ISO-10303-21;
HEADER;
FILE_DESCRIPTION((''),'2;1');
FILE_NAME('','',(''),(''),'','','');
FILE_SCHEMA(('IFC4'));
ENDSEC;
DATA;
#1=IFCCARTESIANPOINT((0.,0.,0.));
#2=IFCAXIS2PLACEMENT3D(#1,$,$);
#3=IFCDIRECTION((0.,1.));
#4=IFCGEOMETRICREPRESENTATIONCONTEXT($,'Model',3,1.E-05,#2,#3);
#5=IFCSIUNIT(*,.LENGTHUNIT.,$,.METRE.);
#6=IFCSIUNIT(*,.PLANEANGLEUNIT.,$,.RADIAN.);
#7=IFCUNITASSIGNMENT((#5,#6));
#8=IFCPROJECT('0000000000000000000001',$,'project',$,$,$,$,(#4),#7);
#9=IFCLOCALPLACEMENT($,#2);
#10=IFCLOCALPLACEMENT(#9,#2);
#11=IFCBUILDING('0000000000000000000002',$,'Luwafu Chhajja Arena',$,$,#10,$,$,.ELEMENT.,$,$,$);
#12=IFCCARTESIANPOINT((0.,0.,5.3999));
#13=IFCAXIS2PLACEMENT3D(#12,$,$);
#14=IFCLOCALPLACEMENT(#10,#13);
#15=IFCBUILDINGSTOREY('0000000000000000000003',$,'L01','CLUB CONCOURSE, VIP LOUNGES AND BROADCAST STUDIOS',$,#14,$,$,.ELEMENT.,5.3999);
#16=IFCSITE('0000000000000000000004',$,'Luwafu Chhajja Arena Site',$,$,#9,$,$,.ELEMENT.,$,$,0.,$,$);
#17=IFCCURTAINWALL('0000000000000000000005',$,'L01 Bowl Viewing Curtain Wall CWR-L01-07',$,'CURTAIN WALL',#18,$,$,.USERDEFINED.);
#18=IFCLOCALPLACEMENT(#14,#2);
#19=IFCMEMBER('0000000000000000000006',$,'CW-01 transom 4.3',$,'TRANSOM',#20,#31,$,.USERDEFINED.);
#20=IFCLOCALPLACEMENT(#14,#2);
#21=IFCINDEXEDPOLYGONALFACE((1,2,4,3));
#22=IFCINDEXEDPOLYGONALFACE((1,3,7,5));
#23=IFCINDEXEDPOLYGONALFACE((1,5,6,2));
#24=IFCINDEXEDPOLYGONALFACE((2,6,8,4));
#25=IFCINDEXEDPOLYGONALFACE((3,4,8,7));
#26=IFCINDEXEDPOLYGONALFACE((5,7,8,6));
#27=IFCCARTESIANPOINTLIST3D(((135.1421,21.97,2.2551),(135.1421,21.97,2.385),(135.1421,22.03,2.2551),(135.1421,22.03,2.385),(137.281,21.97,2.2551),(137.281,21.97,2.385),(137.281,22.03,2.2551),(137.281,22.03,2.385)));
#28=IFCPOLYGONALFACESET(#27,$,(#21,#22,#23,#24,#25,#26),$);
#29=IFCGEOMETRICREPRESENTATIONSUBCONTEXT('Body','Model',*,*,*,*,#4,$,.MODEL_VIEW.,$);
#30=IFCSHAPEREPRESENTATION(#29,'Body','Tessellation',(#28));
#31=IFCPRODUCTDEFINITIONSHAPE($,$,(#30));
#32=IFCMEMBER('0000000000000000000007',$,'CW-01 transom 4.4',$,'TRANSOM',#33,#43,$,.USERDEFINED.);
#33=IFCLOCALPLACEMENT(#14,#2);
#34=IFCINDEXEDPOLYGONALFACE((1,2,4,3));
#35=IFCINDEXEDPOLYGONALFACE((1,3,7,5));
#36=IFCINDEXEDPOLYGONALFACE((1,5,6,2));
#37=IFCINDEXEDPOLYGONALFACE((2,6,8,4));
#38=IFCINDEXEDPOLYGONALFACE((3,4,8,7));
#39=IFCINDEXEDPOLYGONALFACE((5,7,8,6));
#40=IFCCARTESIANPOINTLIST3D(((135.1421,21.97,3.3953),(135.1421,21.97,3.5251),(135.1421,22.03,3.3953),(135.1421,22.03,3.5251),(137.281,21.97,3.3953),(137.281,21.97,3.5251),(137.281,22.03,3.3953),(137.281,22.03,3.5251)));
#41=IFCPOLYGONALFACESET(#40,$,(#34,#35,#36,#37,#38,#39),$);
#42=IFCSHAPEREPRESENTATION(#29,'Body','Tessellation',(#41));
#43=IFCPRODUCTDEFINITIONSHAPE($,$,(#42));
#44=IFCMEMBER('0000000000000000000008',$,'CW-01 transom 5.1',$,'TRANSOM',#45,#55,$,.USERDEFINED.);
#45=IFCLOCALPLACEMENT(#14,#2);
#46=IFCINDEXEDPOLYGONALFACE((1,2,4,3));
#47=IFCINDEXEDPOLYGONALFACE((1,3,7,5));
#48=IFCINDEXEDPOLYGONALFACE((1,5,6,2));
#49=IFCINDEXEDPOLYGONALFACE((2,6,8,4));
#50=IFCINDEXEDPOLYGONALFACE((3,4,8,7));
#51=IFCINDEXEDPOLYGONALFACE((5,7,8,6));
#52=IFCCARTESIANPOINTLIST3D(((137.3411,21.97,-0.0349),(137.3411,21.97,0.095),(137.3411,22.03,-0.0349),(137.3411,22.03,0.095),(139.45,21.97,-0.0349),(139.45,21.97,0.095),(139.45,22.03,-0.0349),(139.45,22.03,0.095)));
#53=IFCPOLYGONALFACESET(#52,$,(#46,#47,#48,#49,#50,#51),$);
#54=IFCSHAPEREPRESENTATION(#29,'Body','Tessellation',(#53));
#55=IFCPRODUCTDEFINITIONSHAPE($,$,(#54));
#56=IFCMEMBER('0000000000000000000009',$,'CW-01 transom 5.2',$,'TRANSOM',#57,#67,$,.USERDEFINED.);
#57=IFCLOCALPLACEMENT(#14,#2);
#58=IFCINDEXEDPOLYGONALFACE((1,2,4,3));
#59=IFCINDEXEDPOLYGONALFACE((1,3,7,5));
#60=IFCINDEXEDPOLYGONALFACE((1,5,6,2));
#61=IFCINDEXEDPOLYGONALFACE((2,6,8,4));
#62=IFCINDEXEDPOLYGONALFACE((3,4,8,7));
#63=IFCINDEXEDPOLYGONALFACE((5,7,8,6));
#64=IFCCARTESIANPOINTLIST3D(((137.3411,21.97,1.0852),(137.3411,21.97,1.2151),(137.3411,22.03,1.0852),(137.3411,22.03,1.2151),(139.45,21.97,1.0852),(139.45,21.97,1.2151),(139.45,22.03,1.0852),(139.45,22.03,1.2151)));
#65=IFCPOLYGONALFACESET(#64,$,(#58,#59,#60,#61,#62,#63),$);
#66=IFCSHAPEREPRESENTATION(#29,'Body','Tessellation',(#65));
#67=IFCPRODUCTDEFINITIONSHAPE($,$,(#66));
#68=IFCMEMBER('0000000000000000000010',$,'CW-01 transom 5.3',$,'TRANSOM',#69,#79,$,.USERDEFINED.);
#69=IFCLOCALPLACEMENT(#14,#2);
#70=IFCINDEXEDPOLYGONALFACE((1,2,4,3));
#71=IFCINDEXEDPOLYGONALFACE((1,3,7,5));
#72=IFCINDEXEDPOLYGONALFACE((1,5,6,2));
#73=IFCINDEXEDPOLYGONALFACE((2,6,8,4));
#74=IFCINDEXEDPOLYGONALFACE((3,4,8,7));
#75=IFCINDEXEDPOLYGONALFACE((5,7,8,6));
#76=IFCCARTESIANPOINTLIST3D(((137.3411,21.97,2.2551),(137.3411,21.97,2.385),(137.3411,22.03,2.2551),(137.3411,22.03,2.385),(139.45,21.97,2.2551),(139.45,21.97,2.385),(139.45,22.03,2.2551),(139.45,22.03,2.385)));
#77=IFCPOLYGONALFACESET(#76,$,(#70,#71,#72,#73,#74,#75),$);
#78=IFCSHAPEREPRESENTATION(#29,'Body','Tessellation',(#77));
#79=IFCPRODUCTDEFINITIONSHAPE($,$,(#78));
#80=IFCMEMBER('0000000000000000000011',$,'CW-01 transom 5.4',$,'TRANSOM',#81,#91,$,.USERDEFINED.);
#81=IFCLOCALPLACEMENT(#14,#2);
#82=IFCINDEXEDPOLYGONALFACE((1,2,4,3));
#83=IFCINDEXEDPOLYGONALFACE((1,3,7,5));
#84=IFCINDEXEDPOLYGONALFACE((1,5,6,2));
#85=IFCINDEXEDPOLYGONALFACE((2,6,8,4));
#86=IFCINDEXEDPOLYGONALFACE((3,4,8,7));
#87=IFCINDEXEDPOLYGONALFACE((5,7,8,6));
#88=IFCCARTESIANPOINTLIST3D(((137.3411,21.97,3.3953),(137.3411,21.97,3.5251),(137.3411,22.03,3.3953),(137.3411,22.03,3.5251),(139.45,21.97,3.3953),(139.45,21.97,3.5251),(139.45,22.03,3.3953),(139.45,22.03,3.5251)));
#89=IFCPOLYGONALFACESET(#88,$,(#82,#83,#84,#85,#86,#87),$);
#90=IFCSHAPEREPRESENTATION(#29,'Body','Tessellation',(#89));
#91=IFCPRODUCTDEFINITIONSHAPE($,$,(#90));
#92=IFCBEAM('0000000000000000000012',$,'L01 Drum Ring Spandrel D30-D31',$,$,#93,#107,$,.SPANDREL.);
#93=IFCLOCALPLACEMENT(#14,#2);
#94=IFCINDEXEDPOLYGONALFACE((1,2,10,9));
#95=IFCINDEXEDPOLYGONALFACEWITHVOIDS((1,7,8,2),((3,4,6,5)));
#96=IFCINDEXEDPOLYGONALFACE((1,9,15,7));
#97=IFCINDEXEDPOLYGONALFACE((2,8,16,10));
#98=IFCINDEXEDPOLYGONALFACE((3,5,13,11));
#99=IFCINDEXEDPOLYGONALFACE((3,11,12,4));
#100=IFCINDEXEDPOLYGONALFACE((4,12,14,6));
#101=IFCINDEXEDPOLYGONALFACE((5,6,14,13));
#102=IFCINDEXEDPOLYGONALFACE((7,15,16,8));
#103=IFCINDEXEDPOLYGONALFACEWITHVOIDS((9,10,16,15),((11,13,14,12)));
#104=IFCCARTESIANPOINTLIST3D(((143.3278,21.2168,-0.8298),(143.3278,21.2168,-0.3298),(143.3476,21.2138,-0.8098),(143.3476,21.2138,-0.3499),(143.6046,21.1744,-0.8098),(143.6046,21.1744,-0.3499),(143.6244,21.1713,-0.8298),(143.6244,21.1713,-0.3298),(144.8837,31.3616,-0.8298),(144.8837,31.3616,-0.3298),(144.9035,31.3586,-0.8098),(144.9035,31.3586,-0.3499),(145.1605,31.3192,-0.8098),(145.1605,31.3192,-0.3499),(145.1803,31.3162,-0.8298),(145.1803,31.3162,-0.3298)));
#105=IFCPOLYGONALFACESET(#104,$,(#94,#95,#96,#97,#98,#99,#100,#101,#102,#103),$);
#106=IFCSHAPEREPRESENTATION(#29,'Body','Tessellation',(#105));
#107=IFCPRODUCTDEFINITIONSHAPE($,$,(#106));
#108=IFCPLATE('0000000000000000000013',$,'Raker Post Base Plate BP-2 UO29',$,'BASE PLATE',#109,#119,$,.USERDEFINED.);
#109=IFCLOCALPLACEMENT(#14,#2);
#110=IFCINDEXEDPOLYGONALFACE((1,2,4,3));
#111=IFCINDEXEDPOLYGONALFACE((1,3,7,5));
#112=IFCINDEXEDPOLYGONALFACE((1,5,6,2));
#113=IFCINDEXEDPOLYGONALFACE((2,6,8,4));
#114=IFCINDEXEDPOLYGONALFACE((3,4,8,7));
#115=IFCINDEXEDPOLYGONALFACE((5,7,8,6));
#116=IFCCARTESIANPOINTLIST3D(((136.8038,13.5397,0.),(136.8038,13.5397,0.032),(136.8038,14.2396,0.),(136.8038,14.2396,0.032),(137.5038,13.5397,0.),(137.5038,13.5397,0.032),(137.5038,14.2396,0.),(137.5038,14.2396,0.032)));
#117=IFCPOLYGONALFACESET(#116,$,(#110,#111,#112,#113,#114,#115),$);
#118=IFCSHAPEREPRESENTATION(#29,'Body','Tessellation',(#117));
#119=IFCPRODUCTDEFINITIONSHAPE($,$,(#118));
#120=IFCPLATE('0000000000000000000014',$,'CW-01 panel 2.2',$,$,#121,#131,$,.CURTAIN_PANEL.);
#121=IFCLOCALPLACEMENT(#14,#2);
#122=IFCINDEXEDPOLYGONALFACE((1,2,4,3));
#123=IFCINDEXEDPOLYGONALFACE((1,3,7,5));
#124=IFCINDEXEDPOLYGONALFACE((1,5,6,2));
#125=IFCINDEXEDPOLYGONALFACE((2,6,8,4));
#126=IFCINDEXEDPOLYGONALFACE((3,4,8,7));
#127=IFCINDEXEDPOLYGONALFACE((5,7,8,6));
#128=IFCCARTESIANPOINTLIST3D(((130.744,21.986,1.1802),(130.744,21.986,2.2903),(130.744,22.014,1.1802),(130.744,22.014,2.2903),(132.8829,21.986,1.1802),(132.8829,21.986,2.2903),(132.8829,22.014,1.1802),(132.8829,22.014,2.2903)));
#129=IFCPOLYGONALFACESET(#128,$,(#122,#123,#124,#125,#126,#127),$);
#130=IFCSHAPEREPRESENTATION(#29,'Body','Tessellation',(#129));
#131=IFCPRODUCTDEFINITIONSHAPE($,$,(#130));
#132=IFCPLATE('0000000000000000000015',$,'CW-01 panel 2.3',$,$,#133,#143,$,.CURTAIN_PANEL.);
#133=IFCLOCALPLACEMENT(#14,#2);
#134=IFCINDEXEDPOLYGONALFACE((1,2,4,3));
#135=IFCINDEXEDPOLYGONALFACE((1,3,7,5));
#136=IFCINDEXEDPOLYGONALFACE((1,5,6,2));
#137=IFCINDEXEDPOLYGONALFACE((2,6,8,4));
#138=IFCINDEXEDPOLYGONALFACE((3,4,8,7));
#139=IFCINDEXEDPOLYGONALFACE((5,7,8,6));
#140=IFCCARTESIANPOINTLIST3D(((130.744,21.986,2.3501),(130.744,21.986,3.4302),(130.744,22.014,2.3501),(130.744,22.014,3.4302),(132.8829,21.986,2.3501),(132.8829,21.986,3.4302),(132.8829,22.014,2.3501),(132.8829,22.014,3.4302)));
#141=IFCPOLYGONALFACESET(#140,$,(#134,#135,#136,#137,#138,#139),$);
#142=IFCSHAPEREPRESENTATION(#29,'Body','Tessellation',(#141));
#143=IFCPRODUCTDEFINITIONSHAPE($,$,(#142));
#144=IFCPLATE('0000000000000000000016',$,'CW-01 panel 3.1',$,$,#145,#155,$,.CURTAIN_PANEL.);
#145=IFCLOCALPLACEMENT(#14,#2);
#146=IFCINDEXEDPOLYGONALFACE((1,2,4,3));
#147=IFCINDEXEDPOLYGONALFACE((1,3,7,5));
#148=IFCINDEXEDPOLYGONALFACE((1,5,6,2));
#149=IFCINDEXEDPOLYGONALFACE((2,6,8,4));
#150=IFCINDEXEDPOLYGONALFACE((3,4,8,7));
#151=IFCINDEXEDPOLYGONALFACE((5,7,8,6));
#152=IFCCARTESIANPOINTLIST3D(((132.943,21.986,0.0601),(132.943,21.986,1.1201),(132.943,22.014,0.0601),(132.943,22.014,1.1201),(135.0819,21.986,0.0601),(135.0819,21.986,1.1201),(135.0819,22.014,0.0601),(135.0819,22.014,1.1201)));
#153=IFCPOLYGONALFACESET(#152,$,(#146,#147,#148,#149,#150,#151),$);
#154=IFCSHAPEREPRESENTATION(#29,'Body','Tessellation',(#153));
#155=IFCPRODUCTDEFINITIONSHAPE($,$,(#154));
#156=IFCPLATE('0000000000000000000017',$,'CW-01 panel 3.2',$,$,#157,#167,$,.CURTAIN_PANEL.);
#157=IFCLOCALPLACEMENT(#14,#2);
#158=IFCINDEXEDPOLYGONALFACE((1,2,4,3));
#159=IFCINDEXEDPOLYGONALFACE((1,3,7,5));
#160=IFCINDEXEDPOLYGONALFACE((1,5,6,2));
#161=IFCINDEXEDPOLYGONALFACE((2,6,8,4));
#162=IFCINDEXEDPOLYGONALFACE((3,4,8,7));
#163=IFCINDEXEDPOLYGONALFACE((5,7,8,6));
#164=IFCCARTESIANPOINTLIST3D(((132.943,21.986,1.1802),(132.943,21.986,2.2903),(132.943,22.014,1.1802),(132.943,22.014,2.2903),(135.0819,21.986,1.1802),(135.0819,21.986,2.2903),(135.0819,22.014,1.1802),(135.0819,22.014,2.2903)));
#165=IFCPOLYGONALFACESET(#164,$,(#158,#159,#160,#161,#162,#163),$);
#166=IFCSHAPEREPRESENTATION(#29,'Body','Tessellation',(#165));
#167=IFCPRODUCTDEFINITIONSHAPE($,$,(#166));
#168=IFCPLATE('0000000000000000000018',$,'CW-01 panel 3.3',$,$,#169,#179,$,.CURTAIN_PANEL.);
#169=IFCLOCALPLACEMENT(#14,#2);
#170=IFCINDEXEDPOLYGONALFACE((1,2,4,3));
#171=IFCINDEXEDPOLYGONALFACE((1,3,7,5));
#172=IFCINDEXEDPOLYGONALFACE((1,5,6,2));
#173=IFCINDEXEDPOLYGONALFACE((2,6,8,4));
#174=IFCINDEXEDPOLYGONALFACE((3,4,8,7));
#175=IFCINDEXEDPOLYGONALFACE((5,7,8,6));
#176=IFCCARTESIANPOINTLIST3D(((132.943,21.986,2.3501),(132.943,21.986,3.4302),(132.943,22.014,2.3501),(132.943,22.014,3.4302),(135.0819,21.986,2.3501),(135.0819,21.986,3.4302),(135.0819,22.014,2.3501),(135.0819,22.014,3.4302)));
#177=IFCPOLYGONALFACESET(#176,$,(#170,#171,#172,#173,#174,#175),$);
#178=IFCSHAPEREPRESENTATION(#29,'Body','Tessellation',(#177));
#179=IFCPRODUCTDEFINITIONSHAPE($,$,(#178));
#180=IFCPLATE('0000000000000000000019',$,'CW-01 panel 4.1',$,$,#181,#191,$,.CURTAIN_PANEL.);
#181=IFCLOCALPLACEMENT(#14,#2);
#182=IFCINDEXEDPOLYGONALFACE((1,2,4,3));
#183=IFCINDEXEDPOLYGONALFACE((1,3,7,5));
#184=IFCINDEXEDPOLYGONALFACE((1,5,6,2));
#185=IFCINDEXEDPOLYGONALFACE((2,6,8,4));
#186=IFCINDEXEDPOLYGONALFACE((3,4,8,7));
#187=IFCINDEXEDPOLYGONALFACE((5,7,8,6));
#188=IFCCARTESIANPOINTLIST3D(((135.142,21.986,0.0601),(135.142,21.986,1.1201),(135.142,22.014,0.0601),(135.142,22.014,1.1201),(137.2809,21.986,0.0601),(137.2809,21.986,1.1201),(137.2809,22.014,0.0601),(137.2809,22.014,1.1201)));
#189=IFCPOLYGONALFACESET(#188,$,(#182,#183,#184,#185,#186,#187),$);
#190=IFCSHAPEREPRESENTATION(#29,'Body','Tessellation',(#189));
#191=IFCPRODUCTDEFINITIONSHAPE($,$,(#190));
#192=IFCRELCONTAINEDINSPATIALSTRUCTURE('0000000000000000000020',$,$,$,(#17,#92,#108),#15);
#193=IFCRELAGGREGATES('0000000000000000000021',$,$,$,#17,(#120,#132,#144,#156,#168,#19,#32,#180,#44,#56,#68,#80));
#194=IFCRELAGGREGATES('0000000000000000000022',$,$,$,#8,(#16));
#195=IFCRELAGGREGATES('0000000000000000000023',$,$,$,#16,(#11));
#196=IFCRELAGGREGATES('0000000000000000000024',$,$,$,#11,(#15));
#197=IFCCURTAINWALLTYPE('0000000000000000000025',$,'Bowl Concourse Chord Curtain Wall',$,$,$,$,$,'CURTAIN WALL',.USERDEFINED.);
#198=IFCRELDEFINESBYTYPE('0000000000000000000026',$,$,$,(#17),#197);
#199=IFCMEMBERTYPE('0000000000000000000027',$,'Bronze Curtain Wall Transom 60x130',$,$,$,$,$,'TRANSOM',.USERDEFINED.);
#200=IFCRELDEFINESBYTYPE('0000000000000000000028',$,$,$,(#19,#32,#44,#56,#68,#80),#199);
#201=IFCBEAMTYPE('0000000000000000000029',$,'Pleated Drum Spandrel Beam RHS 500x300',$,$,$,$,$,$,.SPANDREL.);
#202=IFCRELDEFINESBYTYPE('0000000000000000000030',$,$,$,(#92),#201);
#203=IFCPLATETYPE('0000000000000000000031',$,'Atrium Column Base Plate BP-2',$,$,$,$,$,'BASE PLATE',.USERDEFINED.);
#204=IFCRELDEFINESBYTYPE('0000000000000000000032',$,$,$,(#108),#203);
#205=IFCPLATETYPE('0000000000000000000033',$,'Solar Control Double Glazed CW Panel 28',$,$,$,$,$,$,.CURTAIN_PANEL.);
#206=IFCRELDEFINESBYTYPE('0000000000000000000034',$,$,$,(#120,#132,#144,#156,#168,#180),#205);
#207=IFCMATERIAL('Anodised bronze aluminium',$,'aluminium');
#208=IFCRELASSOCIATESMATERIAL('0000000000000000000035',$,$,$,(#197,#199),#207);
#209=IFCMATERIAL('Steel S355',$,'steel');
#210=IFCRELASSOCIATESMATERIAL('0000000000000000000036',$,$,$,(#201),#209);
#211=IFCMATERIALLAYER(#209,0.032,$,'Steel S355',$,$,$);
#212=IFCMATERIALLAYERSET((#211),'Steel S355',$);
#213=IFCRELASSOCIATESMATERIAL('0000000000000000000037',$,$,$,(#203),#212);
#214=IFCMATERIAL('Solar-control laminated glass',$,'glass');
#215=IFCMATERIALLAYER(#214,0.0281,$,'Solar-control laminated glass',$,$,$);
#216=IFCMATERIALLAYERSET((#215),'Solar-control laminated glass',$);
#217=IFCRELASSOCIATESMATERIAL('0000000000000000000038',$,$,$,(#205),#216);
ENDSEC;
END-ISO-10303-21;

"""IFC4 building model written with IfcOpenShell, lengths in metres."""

from ifc_helpers import new_model, si_unit, direction, frame, origin, origin_2d, place, context, subcontext, project, spatial, rectangle, hollow_rectangle, extrude, material, layer, layer_set, material_profile, profile_set, type_object, element, aggregate, save


model = new_model("IFC4")

# Units and contexts
model_context = context("Model", 3, precision=1e-05, world=origin(), true_north=direction((0.0, 1.0)))
body_context = subcontext(model_context, "Body", "Model", "MODEL_VIEW")
ifc_project = project(units=[si_unit("LENGTHUNIT", "METRE"), si_unit("PLANEANGLEUNIT", "RADIAN")], contexts=[model_context])

# Site, building, storey
site_placement = place(None, origin())
site = spatial("IfcSite", under=ifc_project, at=site_placement, Name="Luwafu Chhajja Arena Site", CompositionType="ELEMENT", RefElevation=0.0)
building_placement = place(site_placement, origin())
building = spatial("IfcBuilding", under=site, at=building_placement, Name="Luwafu Chhajja Arena", CompositionType="ELEMENT")
storey_placement = place(building_placement, frame((0.0, 0.0, 5.3999)))
storey = spatial("IfcBuildingStorey", under=building, at=storey_placement, Name="L01", Description="CLUB CONCOURSE, VIP LOUNGES AND BROADCAST STUDIOS", CompositionType="ELEMENT", Elevation=5.3999)

# Shared definitions
ifc_material_1 = material(Name="Steel S355", Category="steel")

# Curtain wall, members
ifc_material_2 = material(Name="Anodised bronze aluminium", Category="aluminium")
curtain_wall_type = type_object("IfcCurtainWallType", Name="Bowl Concourse Chord Curtain Wall", ElementType="CURTAIN WALL", PredefinedType="USERDEFINED", material=ifc_material_2)
curtain_wall_placement = place(storey_placement, origin())
curtain_wall = element("IfcCurtainWall", 1, at=curtain_wall_placement, inside=storey, type_object=curtain_wall_type, Name="L01 Bowl Viewing Curtain Wall CWR-L01-07", ObjectType="CURTAIN WALL", PredefinedType="USERDEFINED")
ifc_material_profile_1 = material_profile(ifc_material_2, rectangle(XDim=0.0601, YDim=0.1299, at=origin_2d()), Name="CWT 60x130")
ifc_profile_set_1 = profile_set([ifc_material_profile_1], Name="Anodised bronze aluminium")
member_type_1 = type_object("IfcMemberType", Name="Bronze Curtain Wall Transom 60x130", ElementType="TRANSOM", PredefinedType="USERDEFINED", material=ifc_profile_set_1)
member_1_placement = place(storey_placement, frame((135.1421, 22.0, 2.3201), z_axis=(1.0, 0.0, 0.0), x_axis=(0.0, 1.0, 0.0)))
member_1 = element("IfcMember", 2, at=member_1_placement, type_object=member_type_1, Name="CW-01 transom 4.3", ObjectType="TRANSOM", PredefinedType="USERDEFINED", context=body_context, shape_type="SweptSolid", body=[
    extrude(rectangle(XDim=0.0601, YDim=0.1299, at=origin_2d()), origin(), (0.0, 0.0, 1.0), 2.1389),
])
member_2_placement = place(storey_placement, frame((135.1421, 22.0, 3.4602), z_axis=(1.0, 0.0, 0.0), x_axis=(0.0, 1.0, 0.0)))
member_2 = element("IfcMember", 3, at=member_2_placement, type_object=member_type_1, Name="CW-01 transom 4.4", ObjectType="TRANSOM", PredefinedType="USERDEFINED", context=body_context, shape_type="SweptSolid", body=[
    extrude(rectangle(XDim=0.0601, YDim=0.1299, at=origin_2d()), origin(), (0.0, 0.0, 1.0), 2.1389),
])
member_3_placement = place(storey_placement, frame((137.3411, 22.0, 0.03), z_axis=(1.0, 0.0, 0.0), x_axis=(0.0, 1.0, 0.0)))
member_3 = element("IfcMember", 4, at=member_3_placement, type_object=member_type_1, Name="CW-01 transom 5.1", ObjectType="TRANSOM", PredefinedType="USERDEFINED", context=body_context, shape_type="SweptSolid", body=[
    extrude(rectangle(XDim=0.0601, YDim=0.1299, at=origin_2d()), origin(), (0.0, 0.0, 1.0), 2.1089),
])
member_4_placement = place(storey_placement, frame((137.3411, 22.0, 1.1501), z_axis=(1.0, 0.0, 0.0), x_axis=(0.0, 1.0, 0.0)))
member_4 = element("IfcMember", 5, at=member_4_placement, type_object=member_type_1, Name="CW-01 transom 5.2", ObjectType="TRANSOM", PredefinedType="USERDEFINED", context=body_context, shape_type="SweptSolid", body=[
    extrude(rectangle(XDim=0.0601, YDim=0.1299, at=origin_2d()), origin(), (0.0, 0.0, 1.0), 2.1089),
])
member_5_placement = place(storey_placement, frame((137.3411, 22.0, 2.3201), z_axis=(1.0, 0.0, 0.0), x_axis=(0.0, 1.0, 0.0)))
member_5 = element("IfcMember", 6, at=member_5_placement, type_object=member_type_1, Name="CW-01 transom 5.3", ObjectType="TRANSOM", PredefinedType="USERDEFINED", context=body_context, shape_type="SweptSolid", body=[
    extrude(rectangle(XDim=0.0601, YDim=0.1299, at=origin_2d()), origin(), (0.0, 0.0, 1.0), 2.1089),
])
member_6_placement = place(storey_placement, frame((137.3411, 22.0, 3.4602), z_axis=(1.0, 0.0, 0.0), x_axis=(0.0, 1.0, 0.0)))
member_6 = element("IfcMember", 7, at=member_6_placement, type_object=member_type_1, Name="CW-01 transom 5.4", ObjectType="TRANSOM", PredefinedType="USERDEFINED", context=body_context, shape_type="SweptSolid", body=[
    extrude(rectangle(XDim=0.0601, YDim=0.1299, at=origin_2d()), origin(), (0.0, 0.0, 1.0), 2.1089),
])

# Beam
ifc_material_profile_2 = material_profile(ifc_material_1, hollow_rectangle(XDim=0.3, YDim=0.5, WallThickness=0.02, at=origin_2d()), Name="RHS 500x300x20")
ifc_profile_set_2 = profile_set([ifc_material_profile_2], Name="Steel S355")
beam_type = type_object("IfcBeamType", Name="Pleated Drum Spandrel Beam RHS 500x300", PredefinedType="SPANDREL", material=ifc_profile_set_2)
beam_placement = place(storey_placement, frame((143.4761, 21.1941, -0.5798), z_axis=(0.151598, 0.988442, 0.0), x_axis=(-0.988442, 0.151598, 0.0)))
element("IfcBeam", 8, at=beam_placement, inside=storey, type_object=beam_type, Name="L01 Drum Ring Spandrel D30-D31", PredefinedType="SPANDREL", context=body_context, shape_type="SweptSolid", body=[
    extrude(hollow_rectangle(XDim=0.3, YDim=0.5, WallThickness=0.02, at=origin_2d()), origin(), (0.0, 0.0, 1.0), 10.2634),
])

# Plates
ifc_layer_1 = layer(ifc_material_1, 0.032, Name="Steel S355")
ifc_layer_set_1 = layer_set([ifc_layer_1], Name="Steel S355")
plate_type_1 = type_object("IfcPlateType", Name="Atrium Column Base Plate BP-2", ElementType="BASE PLATE", PredefinedType="USERDEFINED", material=ifc_layer_set_1)
plate_1_placement = place(storey_placement, frame((137.1538, 13.8896, 0.0), z_axis=(0.0, 0.0, 1.0), x_axis=(1.0, 0.0, 0.0)))
element("IfcPlate", 9, at=plate_1_placement, inside=storey, type_object=plate_type_1, Name="Raker Post Base Plate BP-2 UO29", ObjectType="BASE PLATE", PredefinedType="USERDEFINED", context=body_context, shape_type="SweptSolid", body=[
    extrude(rectangle(XDim=0.7, YDim=0.7, at=origin_2d()), origin(), (0.0, 0.0, 1.0), 0.032),
])
ifc_material_3 = material(Name="Solar-control laminated glass", Category="glass")
ifc_layer_2 = layer(ifc_material_3, 0.0281, Name="Solar-control laminated glass")
ifc_layer_set_2 = layer_set([ifc_layer_2], Name="Solar-control laminated glass")
plate_type_2 = type_object("IfcPlateType", Name="Solar Control Double Glazed CW Panel 28", PredefinedType="CURTAIN_PANEL", material=ifc_layer_set_2)
plate_2_placement = place(storey_placement, frame((131.8135, 22.0, 1.1802), z_axis=(0.0, 0.0, 1.0), x_axis=(1.0, 0.0, 0.0)))
plate_2 = element("IfcPlate", 10, at=plate_2_placement, type_object=plate_type_2, Name="CW-01 panel 2.2", PredefinedType="CURTAIN_PANEL", context=body_context, shape_type="SweptSolid", body=[
    extrude(rectangle(XDim=2.1389, YDim=0.0281, at=origin_2d()), origin(), (0.0, 0.0, 1.0), 1.1101),
])
plate_3_placement = place(storey_placement, frame((131.8135, 22.0, 2.3501), z_axis=(0.0, 0.0, 1.0), x_axis=(1.0, 0.0, 0.0)))
plate_3 = element("IfcPlate", 11, at=plate_3_placement, type_object=plate_type_2, Name="CW-01 panel 2.3", PredefinedType="CURTAIN_PANEL", context=body_context, shape_type="SweptSolid", body=[
    extrude(rectangle(XDim=2.1389, YDim=0.0281, at=origin_2d()), origin(), (0.0, 0.0, 1.0), 1.0801),
])
plate_4_placement = place(storey_placement, frame((134.0125, 22.0, 0.0601), z_axis=(0.0, 0.0, 1.0), x_axis=(1.0, 0.0, 0.0)))
plate_4 = element("IfcPlate", 12, at=plate_4_placement, type_object=plate_type_2, Name="CW-01 panel 3.1", PredefinedType="CURTAIN_PANEL", context=body_context, shape_type="SweptSolid", body=[
    extrude(rectangle(XDim=2.1389, YDim=0.0281, at=origin_2d()), origin(), (0.0, 0.0, 1.0), 1.0601),
])
plate_5_placement = place(storey_placement, frame((134.0125, 22.0, 1.1802), z_axis=(0.0, 0.0, 1.0), x_axis=(1.0, 0.0, 0.0)))
plate_5 = element("IfcPlate", 13, at=plate_5_placement, type_object=plate_type_2, Name="CW-01 panel 3.2", PredefinedType="CURTAIN_PANEL", context=body_context, shape_type="SweptSolid", body=[
    extrude(rectangle(XDim=2.1389, YDim=0.0281, at=origin_2d()), origin(), (0.0, 0.0, 1.0), 1.1101),
])
plate_6_placement = place(storey_placement, frame((134.0125, 22.0, 2.3501), z_axis=(0.0, 0.0, 1.0), x_axis=(1.0, 0.0, 0.0)))
plate_6 = element("IfcPlate", 14, at=plate_6_placement, type_object=plate_type_2, Name="CW-01 panel 3.3", PredefinedType="CURTAIN_PANEL", context=body_context, shape_type="SweptSolid", body=[
    extrude(rectangle(XDim=2.1389, YDim=0.0281, at=origin_2d()), origin(), (0.0, 0.0, 1.0), 1.0801),
])
plate_7_placement = place(storey_placement, frame((136.2114, 22.0, 0.0601), z_axis=(0.0, 0.0, 1.0), x_axis=(1.0, 0.0, 0.0)))
plate_7 = element("IfcPlate", 15, at=plate_7_placement, type_object=plate_type_2, Name="CW-01 panel 4.1", PredefinedType="CURTAIN_PANEL", context=body_context, shape_type="SweptSolid", body=[
    extrude(rectangle(XDim=2.1389, YDim=0.0281, at=origin_2d()), origin(), (0.0, 0.0, 1.0), 1.0601),
])
aggregate(curtain_wall, [plate_2, plate_3, plate_4, plate_5, plate_6, member_1, member_2, plate_7, member_3, member_4, member_5, member_6])

save(model, "model.ifc")
